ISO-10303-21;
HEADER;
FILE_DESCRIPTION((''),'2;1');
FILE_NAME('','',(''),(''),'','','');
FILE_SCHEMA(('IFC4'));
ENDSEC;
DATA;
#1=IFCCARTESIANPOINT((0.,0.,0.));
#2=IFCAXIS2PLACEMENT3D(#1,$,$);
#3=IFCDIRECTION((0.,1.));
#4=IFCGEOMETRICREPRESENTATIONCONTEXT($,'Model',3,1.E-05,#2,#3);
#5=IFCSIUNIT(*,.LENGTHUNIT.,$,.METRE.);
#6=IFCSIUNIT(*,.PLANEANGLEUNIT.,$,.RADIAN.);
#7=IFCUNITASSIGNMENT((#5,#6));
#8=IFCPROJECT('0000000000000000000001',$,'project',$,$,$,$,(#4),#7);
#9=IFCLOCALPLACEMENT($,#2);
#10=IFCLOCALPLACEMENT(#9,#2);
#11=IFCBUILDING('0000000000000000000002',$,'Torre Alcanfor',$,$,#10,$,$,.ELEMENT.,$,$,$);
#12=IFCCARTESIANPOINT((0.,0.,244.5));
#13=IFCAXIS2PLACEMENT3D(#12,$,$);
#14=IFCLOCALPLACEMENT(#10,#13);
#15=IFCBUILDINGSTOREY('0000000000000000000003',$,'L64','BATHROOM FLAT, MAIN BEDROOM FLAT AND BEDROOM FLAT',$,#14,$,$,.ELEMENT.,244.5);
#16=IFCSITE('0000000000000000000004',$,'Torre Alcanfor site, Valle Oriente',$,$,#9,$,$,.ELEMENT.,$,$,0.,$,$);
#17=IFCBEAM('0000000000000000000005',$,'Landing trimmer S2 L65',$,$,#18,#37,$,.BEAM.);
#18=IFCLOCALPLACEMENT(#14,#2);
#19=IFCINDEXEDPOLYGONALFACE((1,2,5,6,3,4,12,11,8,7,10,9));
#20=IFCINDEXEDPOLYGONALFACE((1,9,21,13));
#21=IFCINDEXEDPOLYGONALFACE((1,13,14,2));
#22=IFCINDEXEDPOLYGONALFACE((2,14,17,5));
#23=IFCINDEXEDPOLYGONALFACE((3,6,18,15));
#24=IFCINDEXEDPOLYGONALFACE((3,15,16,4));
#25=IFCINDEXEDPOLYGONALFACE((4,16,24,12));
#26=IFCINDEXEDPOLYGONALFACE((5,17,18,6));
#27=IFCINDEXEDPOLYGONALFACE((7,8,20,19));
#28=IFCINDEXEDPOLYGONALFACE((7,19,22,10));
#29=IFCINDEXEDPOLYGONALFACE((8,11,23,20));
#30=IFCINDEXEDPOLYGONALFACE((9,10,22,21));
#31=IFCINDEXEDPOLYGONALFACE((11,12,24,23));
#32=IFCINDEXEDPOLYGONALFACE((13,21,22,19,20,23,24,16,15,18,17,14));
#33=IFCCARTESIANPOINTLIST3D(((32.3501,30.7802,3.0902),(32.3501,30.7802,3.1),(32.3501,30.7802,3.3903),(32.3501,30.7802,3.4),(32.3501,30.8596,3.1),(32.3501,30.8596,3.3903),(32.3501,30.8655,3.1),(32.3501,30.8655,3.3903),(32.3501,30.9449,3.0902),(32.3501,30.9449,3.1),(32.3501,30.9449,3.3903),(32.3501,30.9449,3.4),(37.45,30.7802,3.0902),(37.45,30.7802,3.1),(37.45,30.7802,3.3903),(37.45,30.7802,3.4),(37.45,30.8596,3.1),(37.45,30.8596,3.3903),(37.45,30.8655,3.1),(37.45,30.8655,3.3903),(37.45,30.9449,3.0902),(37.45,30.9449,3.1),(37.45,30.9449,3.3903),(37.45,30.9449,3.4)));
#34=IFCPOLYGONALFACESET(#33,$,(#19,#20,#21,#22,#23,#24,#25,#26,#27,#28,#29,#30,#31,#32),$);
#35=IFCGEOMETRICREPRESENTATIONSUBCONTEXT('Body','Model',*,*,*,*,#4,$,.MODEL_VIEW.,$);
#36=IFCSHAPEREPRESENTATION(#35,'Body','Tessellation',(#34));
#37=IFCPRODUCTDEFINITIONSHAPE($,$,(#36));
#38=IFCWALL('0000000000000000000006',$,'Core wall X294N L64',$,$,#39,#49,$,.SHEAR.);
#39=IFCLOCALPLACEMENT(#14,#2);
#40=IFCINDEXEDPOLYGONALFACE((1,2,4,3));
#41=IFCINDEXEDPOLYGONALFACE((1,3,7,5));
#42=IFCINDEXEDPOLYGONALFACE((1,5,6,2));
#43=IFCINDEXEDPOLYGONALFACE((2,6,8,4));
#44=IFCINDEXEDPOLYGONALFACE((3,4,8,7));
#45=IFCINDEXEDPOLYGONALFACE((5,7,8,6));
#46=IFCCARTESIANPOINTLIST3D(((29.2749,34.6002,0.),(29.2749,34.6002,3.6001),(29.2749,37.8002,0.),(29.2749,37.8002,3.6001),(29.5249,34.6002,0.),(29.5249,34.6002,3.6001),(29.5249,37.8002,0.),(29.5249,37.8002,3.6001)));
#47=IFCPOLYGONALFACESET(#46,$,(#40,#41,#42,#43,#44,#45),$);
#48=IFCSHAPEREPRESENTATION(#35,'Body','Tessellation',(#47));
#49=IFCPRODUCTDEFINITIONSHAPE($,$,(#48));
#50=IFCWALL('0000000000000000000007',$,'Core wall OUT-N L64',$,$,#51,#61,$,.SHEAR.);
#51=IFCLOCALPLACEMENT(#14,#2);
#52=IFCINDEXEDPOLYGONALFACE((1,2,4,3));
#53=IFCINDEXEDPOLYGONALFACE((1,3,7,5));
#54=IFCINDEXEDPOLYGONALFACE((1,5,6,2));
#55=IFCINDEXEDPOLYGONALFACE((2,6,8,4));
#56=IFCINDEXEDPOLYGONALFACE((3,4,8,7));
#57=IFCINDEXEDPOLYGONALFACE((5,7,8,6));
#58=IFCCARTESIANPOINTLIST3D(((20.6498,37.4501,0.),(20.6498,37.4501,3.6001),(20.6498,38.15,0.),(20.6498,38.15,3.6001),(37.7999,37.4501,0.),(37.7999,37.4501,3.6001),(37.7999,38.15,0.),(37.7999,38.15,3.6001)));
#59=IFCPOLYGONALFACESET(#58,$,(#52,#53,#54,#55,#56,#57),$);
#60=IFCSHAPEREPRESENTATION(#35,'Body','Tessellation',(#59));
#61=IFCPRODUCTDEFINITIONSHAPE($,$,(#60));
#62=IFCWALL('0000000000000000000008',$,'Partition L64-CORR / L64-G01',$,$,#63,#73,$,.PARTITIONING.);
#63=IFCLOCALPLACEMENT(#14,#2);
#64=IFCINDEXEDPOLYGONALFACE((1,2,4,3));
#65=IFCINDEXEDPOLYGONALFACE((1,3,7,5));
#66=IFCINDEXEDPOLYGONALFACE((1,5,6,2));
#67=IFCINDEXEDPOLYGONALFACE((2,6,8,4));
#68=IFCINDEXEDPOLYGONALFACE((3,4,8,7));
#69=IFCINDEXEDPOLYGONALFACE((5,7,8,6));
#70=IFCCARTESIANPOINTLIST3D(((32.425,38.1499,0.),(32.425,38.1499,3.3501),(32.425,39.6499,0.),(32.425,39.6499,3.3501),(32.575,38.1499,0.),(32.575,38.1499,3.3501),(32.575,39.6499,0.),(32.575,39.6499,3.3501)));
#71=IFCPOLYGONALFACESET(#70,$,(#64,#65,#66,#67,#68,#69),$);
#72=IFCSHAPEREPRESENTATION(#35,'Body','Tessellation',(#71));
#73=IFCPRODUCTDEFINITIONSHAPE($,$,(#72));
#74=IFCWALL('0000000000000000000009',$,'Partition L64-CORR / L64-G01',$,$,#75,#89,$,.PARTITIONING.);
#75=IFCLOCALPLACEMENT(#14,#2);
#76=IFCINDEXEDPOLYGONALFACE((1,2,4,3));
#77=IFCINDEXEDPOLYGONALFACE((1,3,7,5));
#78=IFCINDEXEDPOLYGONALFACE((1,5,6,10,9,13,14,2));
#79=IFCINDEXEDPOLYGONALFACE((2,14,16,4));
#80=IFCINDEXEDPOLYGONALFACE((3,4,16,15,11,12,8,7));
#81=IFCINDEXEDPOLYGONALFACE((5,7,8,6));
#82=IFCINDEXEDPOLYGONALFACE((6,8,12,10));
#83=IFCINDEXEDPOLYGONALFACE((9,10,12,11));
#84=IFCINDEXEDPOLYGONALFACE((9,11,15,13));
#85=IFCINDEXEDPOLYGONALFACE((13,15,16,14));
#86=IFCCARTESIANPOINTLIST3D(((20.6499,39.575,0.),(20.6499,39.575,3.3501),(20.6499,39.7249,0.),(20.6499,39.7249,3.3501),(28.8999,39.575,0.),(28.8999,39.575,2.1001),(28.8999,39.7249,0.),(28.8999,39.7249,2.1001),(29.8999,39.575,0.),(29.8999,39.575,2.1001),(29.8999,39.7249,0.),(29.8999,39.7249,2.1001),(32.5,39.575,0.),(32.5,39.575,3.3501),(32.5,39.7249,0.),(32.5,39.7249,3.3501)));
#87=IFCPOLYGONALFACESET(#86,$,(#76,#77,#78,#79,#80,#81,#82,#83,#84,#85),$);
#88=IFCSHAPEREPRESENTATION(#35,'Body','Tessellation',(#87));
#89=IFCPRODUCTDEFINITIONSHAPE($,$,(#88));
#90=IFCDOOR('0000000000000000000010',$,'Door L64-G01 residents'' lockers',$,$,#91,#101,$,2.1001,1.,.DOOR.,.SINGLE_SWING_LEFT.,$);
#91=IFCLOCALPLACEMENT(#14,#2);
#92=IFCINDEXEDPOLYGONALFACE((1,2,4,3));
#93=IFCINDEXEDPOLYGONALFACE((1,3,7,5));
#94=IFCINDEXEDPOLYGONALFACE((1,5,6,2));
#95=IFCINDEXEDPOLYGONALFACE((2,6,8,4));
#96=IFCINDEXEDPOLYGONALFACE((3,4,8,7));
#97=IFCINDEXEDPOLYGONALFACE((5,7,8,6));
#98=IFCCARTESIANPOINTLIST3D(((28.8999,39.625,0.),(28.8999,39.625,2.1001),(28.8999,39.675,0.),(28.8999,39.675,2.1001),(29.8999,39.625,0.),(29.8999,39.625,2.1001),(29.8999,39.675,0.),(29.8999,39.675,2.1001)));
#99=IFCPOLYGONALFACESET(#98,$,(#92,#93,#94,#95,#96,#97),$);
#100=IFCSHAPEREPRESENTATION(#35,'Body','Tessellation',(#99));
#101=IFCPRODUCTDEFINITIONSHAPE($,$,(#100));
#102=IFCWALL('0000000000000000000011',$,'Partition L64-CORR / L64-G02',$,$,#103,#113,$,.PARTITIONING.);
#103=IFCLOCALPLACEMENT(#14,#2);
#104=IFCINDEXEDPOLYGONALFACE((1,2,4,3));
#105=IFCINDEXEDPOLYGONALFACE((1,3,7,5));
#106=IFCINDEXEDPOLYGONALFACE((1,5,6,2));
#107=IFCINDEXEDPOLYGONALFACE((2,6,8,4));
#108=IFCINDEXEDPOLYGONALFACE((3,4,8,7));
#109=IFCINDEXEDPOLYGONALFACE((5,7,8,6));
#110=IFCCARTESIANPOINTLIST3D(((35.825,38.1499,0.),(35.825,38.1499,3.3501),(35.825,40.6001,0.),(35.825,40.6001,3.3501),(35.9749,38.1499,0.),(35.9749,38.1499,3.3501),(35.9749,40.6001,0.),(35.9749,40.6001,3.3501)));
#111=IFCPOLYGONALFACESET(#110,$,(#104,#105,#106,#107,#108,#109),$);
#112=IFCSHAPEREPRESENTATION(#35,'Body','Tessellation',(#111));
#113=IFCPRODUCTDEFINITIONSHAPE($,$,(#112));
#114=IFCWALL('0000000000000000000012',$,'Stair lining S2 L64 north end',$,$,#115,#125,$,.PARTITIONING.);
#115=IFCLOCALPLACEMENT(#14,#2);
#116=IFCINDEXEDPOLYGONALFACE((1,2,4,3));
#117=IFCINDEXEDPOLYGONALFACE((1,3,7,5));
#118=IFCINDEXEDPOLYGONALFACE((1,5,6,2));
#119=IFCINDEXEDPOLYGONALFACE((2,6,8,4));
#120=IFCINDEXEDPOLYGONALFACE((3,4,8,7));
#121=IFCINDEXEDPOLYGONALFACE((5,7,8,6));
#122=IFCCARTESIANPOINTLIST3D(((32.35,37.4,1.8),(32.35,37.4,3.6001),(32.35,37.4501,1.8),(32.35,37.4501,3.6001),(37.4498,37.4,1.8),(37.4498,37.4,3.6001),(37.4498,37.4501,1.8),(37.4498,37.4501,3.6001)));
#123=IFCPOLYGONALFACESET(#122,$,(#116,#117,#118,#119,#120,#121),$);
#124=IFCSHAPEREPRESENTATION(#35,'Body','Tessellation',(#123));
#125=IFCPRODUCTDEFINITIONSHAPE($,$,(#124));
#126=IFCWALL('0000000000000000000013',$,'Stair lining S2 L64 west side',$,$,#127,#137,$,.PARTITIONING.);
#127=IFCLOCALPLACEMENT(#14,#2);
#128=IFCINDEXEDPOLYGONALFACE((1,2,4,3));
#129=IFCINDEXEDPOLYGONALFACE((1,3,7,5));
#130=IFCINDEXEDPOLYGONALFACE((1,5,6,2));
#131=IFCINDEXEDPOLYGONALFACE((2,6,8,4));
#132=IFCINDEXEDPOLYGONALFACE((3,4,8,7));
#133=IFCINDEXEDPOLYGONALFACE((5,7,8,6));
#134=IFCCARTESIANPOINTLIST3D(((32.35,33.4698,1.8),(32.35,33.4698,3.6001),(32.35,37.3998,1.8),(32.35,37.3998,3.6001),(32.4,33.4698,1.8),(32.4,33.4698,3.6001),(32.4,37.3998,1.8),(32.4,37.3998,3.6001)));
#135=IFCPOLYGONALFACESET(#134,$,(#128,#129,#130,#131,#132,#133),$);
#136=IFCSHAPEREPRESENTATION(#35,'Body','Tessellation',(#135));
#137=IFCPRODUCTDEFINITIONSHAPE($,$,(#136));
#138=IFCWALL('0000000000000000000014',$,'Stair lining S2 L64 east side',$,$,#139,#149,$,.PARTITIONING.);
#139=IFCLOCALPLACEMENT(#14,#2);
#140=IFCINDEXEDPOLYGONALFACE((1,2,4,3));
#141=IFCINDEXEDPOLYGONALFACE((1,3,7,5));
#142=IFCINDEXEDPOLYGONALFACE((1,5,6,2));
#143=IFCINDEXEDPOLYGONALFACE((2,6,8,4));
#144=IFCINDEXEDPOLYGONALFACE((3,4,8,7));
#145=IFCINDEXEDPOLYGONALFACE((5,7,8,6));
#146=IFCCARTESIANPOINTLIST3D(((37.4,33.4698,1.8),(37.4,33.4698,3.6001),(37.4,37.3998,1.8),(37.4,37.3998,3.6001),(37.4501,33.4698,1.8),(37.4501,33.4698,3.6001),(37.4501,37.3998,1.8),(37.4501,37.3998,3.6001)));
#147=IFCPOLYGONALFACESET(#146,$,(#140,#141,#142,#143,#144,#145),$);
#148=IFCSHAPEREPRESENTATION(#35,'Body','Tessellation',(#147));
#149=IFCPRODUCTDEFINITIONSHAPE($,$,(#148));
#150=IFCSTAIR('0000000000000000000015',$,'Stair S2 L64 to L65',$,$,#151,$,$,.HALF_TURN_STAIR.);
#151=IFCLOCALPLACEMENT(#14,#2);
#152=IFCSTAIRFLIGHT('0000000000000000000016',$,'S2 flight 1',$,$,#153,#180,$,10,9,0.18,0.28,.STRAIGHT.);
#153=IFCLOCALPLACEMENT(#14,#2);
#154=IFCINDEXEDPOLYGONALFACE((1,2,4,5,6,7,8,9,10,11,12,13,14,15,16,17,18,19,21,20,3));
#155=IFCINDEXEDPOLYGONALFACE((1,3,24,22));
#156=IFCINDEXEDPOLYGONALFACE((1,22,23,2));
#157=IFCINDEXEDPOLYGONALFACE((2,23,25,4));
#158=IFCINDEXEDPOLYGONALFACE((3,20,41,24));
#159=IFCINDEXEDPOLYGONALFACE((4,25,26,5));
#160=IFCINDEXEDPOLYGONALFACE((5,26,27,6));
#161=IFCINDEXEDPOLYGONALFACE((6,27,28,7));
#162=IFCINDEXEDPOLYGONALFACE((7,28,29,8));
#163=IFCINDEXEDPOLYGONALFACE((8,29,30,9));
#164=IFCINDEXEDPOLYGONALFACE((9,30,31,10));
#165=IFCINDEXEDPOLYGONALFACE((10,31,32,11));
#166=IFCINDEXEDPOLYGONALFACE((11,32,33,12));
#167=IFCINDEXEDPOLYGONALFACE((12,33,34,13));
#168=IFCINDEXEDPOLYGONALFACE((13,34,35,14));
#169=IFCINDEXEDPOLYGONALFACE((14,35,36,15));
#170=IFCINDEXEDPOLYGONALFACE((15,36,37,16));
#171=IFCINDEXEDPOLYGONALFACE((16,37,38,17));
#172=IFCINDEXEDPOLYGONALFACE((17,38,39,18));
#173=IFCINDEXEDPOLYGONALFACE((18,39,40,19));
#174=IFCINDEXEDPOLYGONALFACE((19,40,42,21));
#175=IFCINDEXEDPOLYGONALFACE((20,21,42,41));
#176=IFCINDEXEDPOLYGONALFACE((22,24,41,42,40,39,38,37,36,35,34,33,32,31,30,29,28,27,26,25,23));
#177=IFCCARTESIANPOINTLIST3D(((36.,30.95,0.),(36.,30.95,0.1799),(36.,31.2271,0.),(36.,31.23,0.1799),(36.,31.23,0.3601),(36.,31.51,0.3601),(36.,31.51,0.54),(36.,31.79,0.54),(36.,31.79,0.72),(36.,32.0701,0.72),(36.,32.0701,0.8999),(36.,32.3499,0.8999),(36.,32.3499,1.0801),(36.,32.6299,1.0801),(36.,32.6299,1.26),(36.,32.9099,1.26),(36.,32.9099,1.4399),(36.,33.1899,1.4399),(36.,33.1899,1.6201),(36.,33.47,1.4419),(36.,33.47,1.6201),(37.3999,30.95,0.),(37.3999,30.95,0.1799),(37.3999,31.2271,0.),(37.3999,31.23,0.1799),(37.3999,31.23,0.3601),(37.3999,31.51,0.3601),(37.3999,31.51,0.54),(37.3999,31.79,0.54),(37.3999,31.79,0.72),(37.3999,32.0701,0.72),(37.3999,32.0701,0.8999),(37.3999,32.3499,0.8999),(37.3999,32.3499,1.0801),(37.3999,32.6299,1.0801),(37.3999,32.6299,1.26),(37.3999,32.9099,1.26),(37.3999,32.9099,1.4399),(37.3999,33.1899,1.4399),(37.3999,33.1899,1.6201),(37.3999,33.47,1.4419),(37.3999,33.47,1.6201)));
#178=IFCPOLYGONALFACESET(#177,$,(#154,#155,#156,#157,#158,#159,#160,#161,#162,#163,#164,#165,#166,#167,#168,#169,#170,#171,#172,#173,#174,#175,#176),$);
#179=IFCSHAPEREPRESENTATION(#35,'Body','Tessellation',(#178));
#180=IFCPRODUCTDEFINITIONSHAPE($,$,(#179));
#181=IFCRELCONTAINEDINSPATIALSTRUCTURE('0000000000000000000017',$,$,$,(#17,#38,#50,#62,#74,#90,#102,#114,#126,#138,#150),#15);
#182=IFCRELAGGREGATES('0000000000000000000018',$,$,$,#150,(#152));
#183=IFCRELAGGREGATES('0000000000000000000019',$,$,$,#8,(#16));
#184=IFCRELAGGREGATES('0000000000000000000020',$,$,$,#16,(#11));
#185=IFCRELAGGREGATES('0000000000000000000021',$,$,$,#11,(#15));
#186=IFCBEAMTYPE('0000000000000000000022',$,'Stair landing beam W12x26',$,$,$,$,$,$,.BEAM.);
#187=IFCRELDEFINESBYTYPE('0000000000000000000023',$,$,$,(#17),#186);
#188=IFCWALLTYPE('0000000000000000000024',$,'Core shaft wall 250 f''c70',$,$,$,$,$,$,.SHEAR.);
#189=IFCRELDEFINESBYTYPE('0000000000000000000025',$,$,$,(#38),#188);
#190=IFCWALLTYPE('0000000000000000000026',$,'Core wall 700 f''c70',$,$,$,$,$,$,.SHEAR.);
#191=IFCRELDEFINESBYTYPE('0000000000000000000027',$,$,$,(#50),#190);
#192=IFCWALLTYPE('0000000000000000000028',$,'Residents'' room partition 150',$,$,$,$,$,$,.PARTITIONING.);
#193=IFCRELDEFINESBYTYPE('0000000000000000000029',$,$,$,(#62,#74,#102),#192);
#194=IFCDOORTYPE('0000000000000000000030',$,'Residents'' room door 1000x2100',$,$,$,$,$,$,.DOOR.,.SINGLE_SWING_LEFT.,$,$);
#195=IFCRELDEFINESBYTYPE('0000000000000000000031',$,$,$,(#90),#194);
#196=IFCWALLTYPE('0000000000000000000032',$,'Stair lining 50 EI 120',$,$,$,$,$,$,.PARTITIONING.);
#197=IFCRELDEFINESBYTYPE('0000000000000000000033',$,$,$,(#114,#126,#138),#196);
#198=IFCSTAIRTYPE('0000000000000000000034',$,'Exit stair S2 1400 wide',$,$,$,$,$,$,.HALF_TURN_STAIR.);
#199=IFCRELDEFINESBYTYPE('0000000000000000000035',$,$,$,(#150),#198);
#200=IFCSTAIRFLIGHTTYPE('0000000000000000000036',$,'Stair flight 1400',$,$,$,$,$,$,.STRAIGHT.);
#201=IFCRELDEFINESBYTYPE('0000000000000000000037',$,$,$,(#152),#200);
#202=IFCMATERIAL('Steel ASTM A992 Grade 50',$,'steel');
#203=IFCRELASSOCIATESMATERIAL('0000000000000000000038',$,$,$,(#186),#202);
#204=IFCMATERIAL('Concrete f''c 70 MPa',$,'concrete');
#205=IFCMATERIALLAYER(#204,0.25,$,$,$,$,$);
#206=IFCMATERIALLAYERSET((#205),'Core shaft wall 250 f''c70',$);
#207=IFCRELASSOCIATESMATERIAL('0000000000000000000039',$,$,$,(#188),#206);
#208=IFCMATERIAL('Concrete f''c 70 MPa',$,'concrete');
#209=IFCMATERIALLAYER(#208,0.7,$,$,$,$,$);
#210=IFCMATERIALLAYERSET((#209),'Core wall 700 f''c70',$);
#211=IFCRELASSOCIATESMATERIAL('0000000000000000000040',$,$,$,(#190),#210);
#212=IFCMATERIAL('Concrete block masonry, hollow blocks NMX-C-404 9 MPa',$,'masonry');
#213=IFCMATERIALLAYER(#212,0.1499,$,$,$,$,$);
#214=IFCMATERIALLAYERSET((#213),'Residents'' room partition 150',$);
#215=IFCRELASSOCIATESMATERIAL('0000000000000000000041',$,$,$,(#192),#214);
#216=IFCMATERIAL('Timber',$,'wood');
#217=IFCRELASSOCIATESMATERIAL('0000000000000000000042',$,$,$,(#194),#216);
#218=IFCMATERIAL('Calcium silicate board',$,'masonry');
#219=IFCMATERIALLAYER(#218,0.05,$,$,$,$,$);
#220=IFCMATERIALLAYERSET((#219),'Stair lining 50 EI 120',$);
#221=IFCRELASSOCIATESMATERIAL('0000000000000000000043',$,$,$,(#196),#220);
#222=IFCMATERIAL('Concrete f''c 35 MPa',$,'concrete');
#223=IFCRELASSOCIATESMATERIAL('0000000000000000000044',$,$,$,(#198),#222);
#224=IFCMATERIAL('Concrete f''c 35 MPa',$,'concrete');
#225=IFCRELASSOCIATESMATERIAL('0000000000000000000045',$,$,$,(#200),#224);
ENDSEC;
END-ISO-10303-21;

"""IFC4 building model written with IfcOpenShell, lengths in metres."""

from ifc_helpers import new_model, si_unit, direction, frame, frame_2d, origin, origin_2d, place, context, subcontext, project, spatial, polyline, rectangle, i_section, outline, extrude, material, layer, layer_set, material_profile, profile_set, type_object, element, fill, aggregate, save


model = new_model("IFC4")

# Units and contexts
model_context = context("Model", 3, precision=1e-05, world=origin(), true_north=direction((0.0, 1.0)))
body_context = subcontext(model_context, "Body", "Model", "MODEL_VIEW")
ifc_project = project(units=[si_unit("LENGTHUNIT", "METRE"), si_unit("PLANEANGLEUNIT", "RADIAN")], contexts=[model_context])

# Site, building, storey
site_placement = place(None, origin())
site = spatial("IfcSite", under=ifc_project, at=site_placement, Name="Torre Alcanfor site, Valle Oriente", CompositionType="ELEMENT", RefElevation=0.0)
building_placement = place(site_placement, origin())
building = spatial("IfcBuilding", under=site, at=building_placement, Name="Torre Alcanfor", CompositionType="ELEMENT")
storey_placement = place(building_placement, frame((0.0, 0.0, 244.5)))
storey = spatial("IfcBuildingStorey", under=building, at=storey_placement, Name="L64", Description="BATHROOM FLAT, MAIN BEDROOM FLAT AND BEDROOM FLAT", CompositionType="ELEMENT", Elevation=244.5)

# Beam
ifc_material_1 = material(Name="Steel ASTM A992 Grade 50", Category="steel")
ifc_material_profile_1 = material_profile(ifc_material_1, i_section(OverallWidth=0.1648, OverallDepth=0.3098, WebThickness=0.0059, FlangeThickness=0.0098, at=origin_2d()), Name="W12x26")
ifc_profile_set_1 = profile_set([ifc_material_profile_1], Name="Steel ASTM A992 Grade 50")
beam_type_1 = type_object("IfcBeamType", Name="Stair landing beam W12x26", PredefinedType="BEAM", material=ifc_profile_set_1)
beam_1_placement = place(storey_placement, frame((32.3501, 30.8625, 3.2451), z_axis=(1.0, 0.0, 0.0), x_axis=(0.0, 1.0, 0.0)))
element("IfcBeam", 1, at=beam_1_placement, inside=storey, type_object=beam_type_1, Name="Landing trimmer S2 L65", PredefinedType="BEAM", context=body_context, shape_type="SweptSolid", body=[
    extrude(i_section(OverallWidth=0.1648, OverallDepth=0.3098, WebThickness=0.0059, FlangeThickness=0.0098, at=origin_2d()), origin(), (0.0, 0.0, 1.0), 5.0999),
])

# Walls
ifc_material_2 = material(Name="Concrete f'c 70 MPa", Category="concrete")
ifc_layer_1 = layer(ifc_material_2, 0.25)
ifc_layer_set_1 = layer_set([ifc_layer_1], Name="Core shaft wall 250 f'c70")
wall_type_1 = type_object("IfcWallType", Name="Core shaft wall 250 f'c70", PredefinedType="SHEAR", material=ifc_layer_set_1)
wall_1_placement = place(storey_placement, frame((29.3999, 34.6001, 0.0), z_axis=(0.0, 0.0, 1.0), x_axis=(0.0, 1.0, 0.0)))
element("IfcWall", 2, at=wall_1_placement, inside=storey, type_object=wall_type_1, Name="Core wall X294N L64", PredefinedType="SHEAR", context=body_context, shape_type="SweptSolid", body=[
    extrude(rectangle(XDim=3.2, YDim=0.25, at=frame_2d((1.6001, 0.0))), origin(), (0.0, 0.0, 1.0), 3.6001),
])
ifc_material_3 = material(Name="Concrete f'c 70 MPa", Category="concrete")
ifc_layer_2 = layer(ifc_material_3, 0.7)
ifc_layer_set_2 = layer_set([ifc_layer_2], Name="Core wall 700 f'c70")
wall_type_2 = type_object("IfcWallType", Name="Core wall 700 f'c70", PredefinedType="SHEAR", material=ifc_layer_set_2)
wall_2_placement = place(storey_placement, frame((37.8, 37.8, 0.0), z_axis=(0.0, 0.0, 1.0), x_axis=(-1.0, 0.0, 0.0)))
element("IfcWall", 3, at=wall_2_placement, inside=storey, type_object=wall_type_2, Name="Core wall OUT-N L64", PredefinedType="SHEAR", context=body_context, shape_type="SweptSolid", body=[
    extrude(rectangle(XDim=17.1501, YDim=0.7, at=frame_2d((8.5752, 0.0))), origin(), (0.0, 0.0, 1.0), 3.6001),
])
ifc_material_4 = material(Name="Concrete block masonry, hollow blocks NMX-C-404 9 MPa", Category="masonry")
ifc_layer_3 = layer(ifc_material_4, 0.1499)
ifc_layer_set_3 = layer_set([ifc_layer_3], Name="Residents' room partition 150")
wall_type_3 = type_object("IfcWallType", Name="Residents' room partition 150", PredefinedType="PARTITIONING", material=ifc_layer_set_3)
wall_3_placement = place(storey_placement, frame((32.5, 38.1499, 0.0), z_axis=(0.0, 0.0, 1.0), x_axis=(0.0, 1.0, 0.0)))
element("IfcWall", 4, at=wall_3_placement, inside=storey, type_object=wall_type_3, Name="Partition L64-CORR / L64-G01", PredefinedType="PARTITIONING", context=body_context, shape_type="SweptSolid", body=[
    extrude(rectangle(XDim=1.5, YDim=0.1499, at=frame_2d((0.75, 0.0))), origin(), (0.0, 0.0, 1.0), 3.3501),
])

# Wall, opening, door
wall_4_placement = place(storey_placement, frame((32.5, 39.6499, 0.0), z_axis=(0.0, 0.0, 1.0), x_axis=(-1.0, 0.0, 0.0)))
wall_4 = element("IfcWall", 5, at=wall_4_placement, inside=storey, type_object=wall_type_3, Name="Partition L64-CORR / L64-G01", PredefinedType="PARTITIONING", context=body_context, shape_type="SweptSolid", body=[
    extrude(rectangle(XDim=11.8501, YDim=0.1499, at=frame_2d((5.925, 0.0))), origin(), (0.0, 0.0, 1.0), 3.3501),
])
opening_placement = place(wall_4_placement, frame((2.6001, 0.0, 0.0)))
opening = element("IfcOpeningElement", 6, at=opening_placement, cuts=wall_4, PredefinedType="OPENING", context=body_context, shape_type="SweptSolid", body=[
    extrude(rectangle(XDim=1.0, YDim=2.1001, at=frame_2d((0.5, 1.05))), frame((0.0, 0.085, 0.0), z_axis=(0.0, -1.0, 0.0), x_axis=(1.0, 0.0, 0.0)), (0.0, 0.0, 1.0), 0.1699),
])
ifc_material_5 = material(Name="Timber", Category="wood")
door_type = type_object("IfcDoorType", Name="Residents' room door 1000x2100", OperationType="SINGLE_SWING_LEFT", PredefinedType="DOOR", material=ifc_material_5)
door_placement = place(opening_placement, origin())
door = element("IfcDoor", 7, at=door_placement, inside=storey, type_object=door_type, Name="Door L64-G01 residents' lockers", OperationType="SINGLE_SWING_LEFT", OverallHeight=2.1001, OverallWidth=1.0, PredefinedType="DOOR", context=body_context, shape_type="SweptSolid", body=[
    extrude(rectangle(XDim=1.0, YDim=2.1001, at=frame_2d((0.5, 1.05))), frame((0.0, 0.0249, 0.0), z_axis=(0.0, -1.0, 0.0), x_axis=(1.0, 0.0, 0.0)), (0.0, 0.0, 1.0), 0.05),
])
fill(opening, door)

# Walls
wall_5_placement = place(storey_placement, frame((35.8999, 40.6001, 0.0), z_axis=(0.0, 0.0, 1.0), x_axis=(0.0, -1.0, 0.0)))
element("IfcWall", 8, at=wall_5_placement, inside=storey, type_object=wall_type_3, Name="Partition L64-CORR / L64-G02", PredefinedType="PARTITIONING", context=body_context, shape_type="SweptSolid", body=[
    extrude(rectangle(XDim=2.4502, YDim=0.1499, at=frame_2d((1.2251, 0.0))), origin(), (0.0, 0.0, 1.0), 3.3501),
])
ifc_material_6 = material(Name="Calcium silicate board", Category="masonry")
ifc_layer_4 = layer(ifc_material_6, 0.05)
ifc_layer_set_4 = layer_set([ifc_layer_4], Name="Stair lining 50 EI 120")
wall_type_4 = type_object("IfcWallType", Name="Stair lining 50 EI 120", PredefinedType="PARTITIONING", material=ifc_layer_set_4)
wall_6_placement = place(storey_placement, frame((32.3501, 37.425, 1.8), z_axis=(0.0, 0.0, 1.0), x_axis=(1.0, 0.0, 0.0)))
element("IfcWall", 9, at=wall_6_placement, inside=storey, type_object=wall_type_4, Name="Stair lining S2 L64 north end", PredefinedType="PARTITIONING", context=body_context, shape_type="SweptSolid", body=[
    extrude(rectangle(XDim=5.0999, YDim=0.05, at=frame_2d((2.5498, 0.0))), origin(), (0.0, 0.0, 1.0), 1.8),
])
for number, where, z_axis, x_axis, name in (
    (10, (32.375, 33.47, 1.8), (0.0, 0.0, 1.0), (0.0, 1.0, 0.0), "Stair lining S2 L64 west side"),
    (11, (37.425, 33.47, 1.8), (0.0, 0.0, 1.0), (0.0, 1.0, 0.0), "Stair lining S2 L64 east side"),
):
    element("IfcWall", number, at=place(storey_placement, frame(where, z_axis=z_axis, x_axis=x_axis)), inside=storey, type_object=wall_type_4, Name=name, PredefinedType="PARTITIONING", context=body_context, shape_type="SweptSolid", body=[
        extrude(rectangle(XDim=3.9299, YDim=0.05, at=frame_2d((1.9648, 0.0))), origin(), (0.0, 0.0, 1.0), 1.8),
    ])

# Stair, stair flight
ifc_material_7 = material(Name="Concrete f'c 35 MPa", Category="concrete")
stair_type = type_object("IfcStairType", Name="Exit stair S2 1400 wide", PredefinedType="HALF_TURN_STAIR", material=ifc_material_7)
stair_placement = place(storey_placement, origin())
stair = element("IfcStair", 12, at=stair_placement, inside=storey, type_object=stair_type, Name="Stair S2 L64 to L65", PredefinedType="HALF_TURN_STAIR")
ifc_material_8 = material(Name="Concrete f'c 35 MPa", Category="concrete")
stair_flight_type = type_object("IfcStairFlightType", Name="Stair flight 1400", PredefinedType="STRAIGHT", material=ifc_material_8)
stair_flight_1_placement = place(storey_placement, frame((36.7, 30.95, 0.0), z_axis=(0.0, 0.0, 1.0), x_axis=(0.0, 1.0, 0.0)))
stair_flight_1 = element("IfcStairFlight", 13, at=stair_flight_1_placement, type_object=stair_flight_type, Name="S2 flight 1", NumberOfRisers=10, NumberOfTreads=9, PredefinedType="STRAIGHT", RiserHeight=0.18, TreadLength=0.28, context=body_context, shape_type="SweptSolid", body=[
    extrude(outline(polyline([(0.0, 0.0), (0.0, 0.1799), (0.28, 0.1799), (0.28, 0.3601), (0.5601, 0.3601), (0.5601, 0.54), (0.8401, 0.54), (0.8401, 0.72), (1.1201, 0.72), (1.1201, 0.8999), (1.3999, 0.8999), (1.3999, 1.0801), (1.6799, 1.0801), (1.6799, 1.26), (1.96, 1.26), (1.96, 1.4399), (2.24, 1.4399), (2.24, 1.6201), (2.52, 1.6201), (2.52, 1.8), (2.52, 1.4419), (0.2771, 0.0), (0.0, 0.0)])), frame((0.0, 0.7, 0.0), z_axis=(0.0, -1.0, 0.0), x_axis=(1.0, 0.0, 0.0)), (0.0, 0.0, 1.0), 1.3999),
])
aggregate(stair, [stair_flight_1])

save(model, "model.ifc")
